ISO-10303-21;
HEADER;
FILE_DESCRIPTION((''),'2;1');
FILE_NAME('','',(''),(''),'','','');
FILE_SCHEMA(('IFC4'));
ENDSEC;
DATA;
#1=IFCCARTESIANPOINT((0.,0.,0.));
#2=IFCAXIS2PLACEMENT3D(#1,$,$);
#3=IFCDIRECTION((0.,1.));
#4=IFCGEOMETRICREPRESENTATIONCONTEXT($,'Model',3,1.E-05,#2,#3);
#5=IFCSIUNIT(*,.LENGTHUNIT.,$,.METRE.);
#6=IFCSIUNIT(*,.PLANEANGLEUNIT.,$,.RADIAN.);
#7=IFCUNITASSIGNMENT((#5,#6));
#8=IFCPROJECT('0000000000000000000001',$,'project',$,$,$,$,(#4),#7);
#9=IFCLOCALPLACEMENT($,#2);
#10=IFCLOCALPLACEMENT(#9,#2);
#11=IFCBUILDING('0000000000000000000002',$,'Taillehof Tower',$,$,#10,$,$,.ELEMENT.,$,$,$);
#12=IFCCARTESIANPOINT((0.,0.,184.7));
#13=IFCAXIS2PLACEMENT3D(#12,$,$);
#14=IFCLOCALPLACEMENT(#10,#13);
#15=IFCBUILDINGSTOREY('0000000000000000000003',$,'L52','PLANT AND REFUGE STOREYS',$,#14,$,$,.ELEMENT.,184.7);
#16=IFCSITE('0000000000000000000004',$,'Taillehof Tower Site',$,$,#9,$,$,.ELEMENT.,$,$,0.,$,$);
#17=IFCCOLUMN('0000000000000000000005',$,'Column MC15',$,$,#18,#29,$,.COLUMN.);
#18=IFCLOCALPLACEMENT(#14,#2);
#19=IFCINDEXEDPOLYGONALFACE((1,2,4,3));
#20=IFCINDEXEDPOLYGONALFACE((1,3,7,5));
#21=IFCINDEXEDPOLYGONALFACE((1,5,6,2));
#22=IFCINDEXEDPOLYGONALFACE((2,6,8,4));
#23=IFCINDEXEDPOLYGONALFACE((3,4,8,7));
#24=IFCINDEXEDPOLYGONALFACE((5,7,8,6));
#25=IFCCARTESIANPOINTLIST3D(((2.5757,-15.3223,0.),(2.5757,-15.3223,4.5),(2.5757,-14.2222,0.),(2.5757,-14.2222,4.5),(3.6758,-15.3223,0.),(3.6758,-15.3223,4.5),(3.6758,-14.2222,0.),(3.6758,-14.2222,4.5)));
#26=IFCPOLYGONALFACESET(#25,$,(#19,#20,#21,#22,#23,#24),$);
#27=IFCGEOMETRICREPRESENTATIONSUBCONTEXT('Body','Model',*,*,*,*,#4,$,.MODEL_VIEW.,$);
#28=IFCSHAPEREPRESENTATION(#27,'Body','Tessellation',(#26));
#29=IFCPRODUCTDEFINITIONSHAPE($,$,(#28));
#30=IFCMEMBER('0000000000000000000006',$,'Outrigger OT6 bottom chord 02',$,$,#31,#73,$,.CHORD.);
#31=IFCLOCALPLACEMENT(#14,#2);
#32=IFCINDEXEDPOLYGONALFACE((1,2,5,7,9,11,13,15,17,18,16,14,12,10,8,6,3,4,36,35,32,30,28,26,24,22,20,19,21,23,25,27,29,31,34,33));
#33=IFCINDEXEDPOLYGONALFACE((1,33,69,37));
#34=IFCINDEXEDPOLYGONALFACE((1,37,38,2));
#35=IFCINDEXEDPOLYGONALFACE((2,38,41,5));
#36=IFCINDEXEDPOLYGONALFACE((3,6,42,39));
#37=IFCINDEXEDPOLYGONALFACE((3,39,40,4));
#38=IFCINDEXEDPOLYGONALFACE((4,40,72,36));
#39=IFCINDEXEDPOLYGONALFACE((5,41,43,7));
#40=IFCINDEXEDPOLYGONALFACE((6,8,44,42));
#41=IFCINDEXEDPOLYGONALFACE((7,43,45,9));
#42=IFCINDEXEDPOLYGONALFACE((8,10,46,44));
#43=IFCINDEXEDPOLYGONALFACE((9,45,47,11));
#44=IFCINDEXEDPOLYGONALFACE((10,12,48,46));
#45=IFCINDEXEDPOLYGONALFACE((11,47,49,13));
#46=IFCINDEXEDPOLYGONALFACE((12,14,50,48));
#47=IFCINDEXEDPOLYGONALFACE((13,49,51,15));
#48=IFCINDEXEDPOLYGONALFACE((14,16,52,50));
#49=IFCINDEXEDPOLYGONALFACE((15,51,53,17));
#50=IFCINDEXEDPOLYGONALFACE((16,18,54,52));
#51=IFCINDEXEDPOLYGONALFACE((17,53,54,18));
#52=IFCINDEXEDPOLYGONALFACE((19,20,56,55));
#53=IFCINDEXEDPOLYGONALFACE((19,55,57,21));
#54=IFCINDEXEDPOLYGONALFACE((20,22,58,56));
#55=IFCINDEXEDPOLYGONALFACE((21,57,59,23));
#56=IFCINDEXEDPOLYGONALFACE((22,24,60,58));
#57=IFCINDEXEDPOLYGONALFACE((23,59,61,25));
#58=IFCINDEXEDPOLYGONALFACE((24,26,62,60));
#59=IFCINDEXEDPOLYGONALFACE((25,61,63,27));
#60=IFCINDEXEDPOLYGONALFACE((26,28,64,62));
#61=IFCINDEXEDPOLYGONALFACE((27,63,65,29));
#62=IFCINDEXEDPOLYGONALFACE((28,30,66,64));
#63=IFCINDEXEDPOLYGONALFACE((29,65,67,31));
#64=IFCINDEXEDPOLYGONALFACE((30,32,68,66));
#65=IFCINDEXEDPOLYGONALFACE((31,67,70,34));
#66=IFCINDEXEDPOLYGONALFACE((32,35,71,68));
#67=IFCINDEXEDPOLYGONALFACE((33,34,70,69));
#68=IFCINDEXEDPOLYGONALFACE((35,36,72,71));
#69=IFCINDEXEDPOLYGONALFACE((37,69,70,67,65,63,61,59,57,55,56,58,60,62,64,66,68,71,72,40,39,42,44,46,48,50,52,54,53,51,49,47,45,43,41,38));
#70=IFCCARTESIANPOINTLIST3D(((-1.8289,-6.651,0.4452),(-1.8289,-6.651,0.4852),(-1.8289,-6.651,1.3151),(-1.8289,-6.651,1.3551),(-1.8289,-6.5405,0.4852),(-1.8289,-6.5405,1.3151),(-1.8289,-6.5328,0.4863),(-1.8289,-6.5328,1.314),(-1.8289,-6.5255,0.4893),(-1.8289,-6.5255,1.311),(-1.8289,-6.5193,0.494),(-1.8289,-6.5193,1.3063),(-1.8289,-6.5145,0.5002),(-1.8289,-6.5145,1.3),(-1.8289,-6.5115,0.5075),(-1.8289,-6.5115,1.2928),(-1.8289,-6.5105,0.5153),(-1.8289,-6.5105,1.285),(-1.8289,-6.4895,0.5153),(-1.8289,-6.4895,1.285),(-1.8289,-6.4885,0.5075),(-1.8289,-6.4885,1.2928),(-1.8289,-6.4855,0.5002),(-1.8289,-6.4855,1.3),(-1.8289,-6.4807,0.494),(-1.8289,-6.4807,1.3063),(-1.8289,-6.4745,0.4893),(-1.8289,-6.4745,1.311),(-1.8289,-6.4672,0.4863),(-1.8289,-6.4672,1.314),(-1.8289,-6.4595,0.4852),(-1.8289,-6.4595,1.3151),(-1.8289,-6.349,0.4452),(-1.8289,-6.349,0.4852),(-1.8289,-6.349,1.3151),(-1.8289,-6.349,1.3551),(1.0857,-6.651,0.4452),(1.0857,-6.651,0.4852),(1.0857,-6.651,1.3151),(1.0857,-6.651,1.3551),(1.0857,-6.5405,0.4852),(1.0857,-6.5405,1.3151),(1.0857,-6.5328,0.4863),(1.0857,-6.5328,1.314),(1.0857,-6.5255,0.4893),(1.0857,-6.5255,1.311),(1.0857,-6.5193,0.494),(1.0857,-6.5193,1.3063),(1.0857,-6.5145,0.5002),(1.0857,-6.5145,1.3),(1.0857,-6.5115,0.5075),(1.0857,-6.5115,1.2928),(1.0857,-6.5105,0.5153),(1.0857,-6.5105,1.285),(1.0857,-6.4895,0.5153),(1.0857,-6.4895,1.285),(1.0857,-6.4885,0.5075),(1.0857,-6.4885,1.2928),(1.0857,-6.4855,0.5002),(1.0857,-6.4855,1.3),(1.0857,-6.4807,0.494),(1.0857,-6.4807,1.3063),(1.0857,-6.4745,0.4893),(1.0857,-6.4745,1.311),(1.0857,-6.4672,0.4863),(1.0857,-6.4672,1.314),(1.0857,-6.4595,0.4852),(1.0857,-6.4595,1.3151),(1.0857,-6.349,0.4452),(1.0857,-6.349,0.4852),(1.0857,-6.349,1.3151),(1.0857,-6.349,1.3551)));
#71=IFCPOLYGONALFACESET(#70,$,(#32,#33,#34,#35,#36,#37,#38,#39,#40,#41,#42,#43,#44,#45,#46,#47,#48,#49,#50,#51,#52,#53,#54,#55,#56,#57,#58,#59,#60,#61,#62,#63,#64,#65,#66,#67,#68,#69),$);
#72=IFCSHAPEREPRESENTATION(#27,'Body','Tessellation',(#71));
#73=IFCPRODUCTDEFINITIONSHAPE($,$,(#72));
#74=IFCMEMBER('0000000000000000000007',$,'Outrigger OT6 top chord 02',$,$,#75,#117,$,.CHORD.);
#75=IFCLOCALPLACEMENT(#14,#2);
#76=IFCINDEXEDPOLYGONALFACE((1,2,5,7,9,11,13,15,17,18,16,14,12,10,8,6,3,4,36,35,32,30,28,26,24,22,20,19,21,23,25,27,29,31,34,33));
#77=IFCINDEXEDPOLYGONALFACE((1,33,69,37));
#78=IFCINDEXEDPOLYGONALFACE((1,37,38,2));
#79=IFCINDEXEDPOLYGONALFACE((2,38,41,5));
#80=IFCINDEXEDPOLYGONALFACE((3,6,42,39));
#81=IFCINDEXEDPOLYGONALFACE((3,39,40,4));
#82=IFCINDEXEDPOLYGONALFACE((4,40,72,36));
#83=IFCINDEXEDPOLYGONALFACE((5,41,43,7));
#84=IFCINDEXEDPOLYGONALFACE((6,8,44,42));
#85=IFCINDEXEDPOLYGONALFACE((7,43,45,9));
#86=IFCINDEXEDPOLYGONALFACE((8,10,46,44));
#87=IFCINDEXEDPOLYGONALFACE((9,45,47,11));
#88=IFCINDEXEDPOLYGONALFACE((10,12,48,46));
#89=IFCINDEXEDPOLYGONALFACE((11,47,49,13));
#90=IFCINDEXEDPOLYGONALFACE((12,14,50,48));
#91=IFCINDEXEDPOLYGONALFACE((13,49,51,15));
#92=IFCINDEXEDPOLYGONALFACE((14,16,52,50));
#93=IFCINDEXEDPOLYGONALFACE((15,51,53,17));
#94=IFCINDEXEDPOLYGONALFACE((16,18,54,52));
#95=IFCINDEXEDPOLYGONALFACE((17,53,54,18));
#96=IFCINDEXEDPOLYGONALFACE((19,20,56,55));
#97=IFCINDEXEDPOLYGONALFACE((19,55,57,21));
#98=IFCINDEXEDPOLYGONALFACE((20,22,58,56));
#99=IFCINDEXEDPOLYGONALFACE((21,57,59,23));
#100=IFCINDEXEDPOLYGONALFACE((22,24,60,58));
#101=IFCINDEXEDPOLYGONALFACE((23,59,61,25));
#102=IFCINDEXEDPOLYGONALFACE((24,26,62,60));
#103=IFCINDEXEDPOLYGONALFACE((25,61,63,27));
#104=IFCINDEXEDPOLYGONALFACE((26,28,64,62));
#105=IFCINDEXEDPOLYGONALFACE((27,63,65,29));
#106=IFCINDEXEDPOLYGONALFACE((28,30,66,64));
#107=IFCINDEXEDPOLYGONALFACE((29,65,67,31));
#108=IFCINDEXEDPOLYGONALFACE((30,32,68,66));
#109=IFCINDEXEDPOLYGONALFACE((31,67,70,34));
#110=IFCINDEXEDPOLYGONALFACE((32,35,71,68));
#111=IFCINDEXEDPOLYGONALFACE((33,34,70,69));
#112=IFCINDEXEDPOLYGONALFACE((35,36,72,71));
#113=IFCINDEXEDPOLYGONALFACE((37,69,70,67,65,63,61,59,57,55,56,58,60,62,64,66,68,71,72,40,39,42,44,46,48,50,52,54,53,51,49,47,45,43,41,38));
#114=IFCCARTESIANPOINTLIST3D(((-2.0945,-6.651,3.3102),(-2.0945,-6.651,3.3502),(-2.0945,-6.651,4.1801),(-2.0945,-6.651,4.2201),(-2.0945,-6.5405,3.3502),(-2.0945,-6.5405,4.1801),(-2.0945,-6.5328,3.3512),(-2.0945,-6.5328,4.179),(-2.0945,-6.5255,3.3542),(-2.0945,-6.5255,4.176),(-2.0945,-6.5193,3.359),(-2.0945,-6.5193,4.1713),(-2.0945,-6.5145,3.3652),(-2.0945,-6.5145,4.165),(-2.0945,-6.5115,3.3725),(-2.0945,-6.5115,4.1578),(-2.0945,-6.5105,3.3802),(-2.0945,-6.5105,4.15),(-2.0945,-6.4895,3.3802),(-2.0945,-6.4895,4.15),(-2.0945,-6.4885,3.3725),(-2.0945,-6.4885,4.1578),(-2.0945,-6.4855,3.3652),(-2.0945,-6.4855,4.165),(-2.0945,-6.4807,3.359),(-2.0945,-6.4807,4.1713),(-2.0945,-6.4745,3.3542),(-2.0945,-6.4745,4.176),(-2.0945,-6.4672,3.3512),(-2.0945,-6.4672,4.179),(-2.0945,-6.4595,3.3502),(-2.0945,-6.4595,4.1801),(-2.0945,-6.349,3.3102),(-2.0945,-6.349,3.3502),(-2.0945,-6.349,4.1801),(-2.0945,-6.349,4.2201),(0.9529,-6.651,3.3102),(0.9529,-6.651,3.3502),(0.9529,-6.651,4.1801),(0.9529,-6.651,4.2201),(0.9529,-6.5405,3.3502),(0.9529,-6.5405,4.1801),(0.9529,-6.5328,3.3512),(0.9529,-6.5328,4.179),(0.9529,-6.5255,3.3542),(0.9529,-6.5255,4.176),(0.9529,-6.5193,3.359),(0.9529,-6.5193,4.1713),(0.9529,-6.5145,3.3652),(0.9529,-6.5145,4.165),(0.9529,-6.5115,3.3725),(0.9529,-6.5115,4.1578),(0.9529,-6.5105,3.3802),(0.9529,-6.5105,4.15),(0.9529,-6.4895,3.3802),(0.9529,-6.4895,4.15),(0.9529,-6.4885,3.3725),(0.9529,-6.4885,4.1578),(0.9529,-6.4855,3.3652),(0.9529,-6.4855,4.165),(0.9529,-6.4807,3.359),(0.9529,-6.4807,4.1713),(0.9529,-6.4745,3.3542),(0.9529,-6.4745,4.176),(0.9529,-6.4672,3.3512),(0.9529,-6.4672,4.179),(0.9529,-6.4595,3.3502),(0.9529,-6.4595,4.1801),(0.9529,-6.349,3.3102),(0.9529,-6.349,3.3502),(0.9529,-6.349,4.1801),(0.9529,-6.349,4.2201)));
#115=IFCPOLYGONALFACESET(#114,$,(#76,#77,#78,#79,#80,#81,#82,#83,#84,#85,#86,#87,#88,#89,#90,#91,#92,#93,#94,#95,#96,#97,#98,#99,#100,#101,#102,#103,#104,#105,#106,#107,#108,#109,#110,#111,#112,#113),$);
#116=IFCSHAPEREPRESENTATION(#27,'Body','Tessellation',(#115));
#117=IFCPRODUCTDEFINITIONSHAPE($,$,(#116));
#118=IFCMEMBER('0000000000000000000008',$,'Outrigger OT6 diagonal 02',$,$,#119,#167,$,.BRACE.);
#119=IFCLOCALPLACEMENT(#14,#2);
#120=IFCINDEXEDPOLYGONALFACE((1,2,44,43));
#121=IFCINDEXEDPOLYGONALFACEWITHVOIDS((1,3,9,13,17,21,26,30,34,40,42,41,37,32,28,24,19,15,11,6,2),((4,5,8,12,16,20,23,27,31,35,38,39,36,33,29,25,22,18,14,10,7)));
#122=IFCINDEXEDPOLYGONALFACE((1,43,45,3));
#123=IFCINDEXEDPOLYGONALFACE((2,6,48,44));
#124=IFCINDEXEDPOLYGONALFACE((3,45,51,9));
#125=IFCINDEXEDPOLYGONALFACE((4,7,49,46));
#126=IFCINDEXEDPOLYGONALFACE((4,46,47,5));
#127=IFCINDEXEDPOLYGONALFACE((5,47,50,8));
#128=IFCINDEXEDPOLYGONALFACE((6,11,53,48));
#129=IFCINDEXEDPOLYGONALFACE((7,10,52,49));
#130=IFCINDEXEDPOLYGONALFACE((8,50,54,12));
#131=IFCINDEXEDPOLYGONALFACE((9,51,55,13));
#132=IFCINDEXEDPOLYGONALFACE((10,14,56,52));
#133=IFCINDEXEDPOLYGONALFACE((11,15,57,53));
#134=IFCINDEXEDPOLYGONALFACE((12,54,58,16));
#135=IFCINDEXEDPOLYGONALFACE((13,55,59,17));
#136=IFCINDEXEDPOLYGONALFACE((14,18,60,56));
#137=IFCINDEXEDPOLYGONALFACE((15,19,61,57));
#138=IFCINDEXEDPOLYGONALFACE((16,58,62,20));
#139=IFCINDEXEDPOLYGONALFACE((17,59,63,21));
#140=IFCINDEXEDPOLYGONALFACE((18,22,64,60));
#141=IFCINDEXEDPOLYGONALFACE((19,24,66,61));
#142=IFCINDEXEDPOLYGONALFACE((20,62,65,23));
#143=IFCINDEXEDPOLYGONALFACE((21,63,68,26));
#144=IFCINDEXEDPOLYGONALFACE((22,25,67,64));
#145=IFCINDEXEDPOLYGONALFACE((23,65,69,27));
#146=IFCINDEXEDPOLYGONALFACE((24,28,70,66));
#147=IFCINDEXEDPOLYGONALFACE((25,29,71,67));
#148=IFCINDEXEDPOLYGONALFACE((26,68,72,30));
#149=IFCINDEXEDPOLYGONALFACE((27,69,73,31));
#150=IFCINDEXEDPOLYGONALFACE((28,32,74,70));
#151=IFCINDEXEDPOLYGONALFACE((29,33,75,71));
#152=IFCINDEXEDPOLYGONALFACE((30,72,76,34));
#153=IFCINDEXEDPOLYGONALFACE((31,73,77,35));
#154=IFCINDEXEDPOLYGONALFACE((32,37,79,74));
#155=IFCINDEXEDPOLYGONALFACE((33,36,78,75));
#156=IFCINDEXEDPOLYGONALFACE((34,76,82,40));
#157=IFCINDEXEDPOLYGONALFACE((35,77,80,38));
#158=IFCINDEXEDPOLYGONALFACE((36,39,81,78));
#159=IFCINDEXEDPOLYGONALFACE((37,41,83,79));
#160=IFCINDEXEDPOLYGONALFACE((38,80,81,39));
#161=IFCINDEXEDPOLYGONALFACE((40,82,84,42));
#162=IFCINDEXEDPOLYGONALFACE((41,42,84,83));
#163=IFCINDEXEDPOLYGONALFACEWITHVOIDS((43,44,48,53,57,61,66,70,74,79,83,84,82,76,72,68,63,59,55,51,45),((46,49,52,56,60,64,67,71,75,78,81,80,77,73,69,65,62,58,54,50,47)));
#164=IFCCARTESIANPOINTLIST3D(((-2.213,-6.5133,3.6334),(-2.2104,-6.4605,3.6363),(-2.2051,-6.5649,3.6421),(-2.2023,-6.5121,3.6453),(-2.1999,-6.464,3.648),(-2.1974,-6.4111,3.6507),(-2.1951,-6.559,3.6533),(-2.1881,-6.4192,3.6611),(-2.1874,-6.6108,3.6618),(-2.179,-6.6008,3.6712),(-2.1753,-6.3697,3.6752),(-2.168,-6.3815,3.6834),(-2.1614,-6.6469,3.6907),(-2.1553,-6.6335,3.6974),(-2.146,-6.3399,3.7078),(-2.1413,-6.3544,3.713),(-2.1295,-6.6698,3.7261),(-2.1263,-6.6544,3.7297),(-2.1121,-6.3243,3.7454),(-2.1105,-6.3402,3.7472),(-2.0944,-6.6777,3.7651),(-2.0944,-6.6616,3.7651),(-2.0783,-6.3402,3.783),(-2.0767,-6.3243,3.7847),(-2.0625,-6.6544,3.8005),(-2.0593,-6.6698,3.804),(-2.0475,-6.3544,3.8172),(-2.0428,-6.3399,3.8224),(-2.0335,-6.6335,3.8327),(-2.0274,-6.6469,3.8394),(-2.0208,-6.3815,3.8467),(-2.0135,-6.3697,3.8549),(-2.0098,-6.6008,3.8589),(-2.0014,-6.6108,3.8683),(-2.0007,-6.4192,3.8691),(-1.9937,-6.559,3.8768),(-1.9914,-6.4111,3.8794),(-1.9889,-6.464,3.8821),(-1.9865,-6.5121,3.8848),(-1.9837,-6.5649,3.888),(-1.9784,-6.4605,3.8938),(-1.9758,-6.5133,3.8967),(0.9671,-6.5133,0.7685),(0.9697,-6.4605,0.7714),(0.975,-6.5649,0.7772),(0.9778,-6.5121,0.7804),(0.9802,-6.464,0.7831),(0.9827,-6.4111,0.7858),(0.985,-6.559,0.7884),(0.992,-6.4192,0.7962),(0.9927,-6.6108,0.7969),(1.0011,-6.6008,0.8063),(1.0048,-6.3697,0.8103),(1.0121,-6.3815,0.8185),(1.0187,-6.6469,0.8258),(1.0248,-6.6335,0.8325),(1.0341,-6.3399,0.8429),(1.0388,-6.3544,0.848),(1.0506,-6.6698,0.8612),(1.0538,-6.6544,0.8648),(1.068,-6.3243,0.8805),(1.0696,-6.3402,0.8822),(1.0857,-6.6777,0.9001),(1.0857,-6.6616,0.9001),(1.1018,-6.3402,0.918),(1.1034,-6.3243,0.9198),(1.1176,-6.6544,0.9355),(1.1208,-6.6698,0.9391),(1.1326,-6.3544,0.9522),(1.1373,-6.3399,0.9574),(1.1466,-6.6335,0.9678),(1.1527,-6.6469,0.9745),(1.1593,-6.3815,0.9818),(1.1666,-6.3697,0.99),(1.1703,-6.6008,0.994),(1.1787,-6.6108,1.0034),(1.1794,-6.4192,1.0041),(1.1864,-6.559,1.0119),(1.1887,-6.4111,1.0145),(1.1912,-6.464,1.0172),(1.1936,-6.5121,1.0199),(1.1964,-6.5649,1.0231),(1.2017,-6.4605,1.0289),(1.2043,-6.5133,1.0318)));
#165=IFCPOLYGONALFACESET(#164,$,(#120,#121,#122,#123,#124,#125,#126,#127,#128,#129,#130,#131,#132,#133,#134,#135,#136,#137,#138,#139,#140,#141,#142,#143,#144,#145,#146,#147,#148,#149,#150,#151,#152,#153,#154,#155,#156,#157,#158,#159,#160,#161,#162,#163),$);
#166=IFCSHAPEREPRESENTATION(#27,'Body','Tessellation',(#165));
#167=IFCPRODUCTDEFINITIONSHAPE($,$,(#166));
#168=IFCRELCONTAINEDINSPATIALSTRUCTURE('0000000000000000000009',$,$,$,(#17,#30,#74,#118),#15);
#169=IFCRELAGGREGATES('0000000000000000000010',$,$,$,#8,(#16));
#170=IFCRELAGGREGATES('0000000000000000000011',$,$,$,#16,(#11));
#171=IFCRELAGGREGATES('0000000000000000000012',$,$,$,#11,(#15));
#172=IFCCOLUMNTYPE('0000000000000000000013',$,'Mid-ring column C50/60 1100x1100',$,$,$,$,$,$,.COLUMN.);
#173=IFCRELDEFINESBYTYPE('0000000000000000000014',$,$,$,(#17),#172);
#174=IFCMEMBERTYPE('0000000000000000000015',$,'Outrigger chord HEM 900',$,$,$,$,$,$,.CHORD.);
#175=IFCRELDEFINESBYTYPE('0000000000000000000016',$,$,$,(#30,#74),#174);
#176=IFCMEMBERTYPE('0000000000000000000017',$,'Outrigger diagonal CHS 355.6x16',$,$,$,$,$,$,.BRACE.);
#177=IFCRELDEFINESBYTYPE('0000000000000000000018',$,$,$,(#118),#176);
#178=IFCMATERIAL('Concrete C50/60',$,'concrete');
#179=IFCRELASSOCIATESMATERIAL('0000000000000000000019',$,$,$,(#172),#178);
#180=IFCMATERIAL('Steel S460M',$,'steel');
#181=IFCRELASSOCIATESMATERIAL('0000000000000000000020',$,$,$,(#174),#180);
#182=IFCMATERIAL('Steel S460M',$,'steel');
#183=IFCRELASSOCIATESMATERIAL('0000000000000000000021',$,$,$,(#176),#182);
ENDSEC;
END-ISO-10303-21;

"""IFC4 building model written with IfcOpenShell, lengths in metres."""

from ifc_helpers import new_model, si_unit, direction, frame, origin, origin_2d, place, context, subcontext, project, spatial, rectangle, hollow_circle, i_section, extrude, material, material_profile, profile_set, type_object, element, save


model = new_model("IFC4")

# Units and contexts
model_context = context("Model", 3, precision=1e-05, world=origin(), true_north=direction((0.0, 1.0)))
body_context = subcontext(model_context, "Body", "Model", "MODEL_VIEW")
ifc_project = project(units=[si_unit("LENGTHUNIT", "METRE"), si_unit("PLANEANGLEUNIT", "RADIAN")], contexts=[model_context])

# Site, building, storey
site_placement = place(None, origin())
site = spatial("IfcSite", under=ifc_project, at=site_placement, Name="Taillehof Tower Site", CompositionType="ELEMENT", RefElevation=0.0)
building_placement = place(site_placement, origin())
building = spatial("IfcBuilding", under=site, at=building_placement, Name="Taillehof Tower", CompositionType="ELEMENT")
storey_placement = place(building_placement, frame((0.0, 0.0, 184.7)))
storey = spatial("IfcBuildingStorey", under=building, at=storey_placement, Name="L52", Description="PLANT AND REFUGE STOREYS", CompositionType="ELEMENT", Elevation=184.7)

# Column
ifc_material_1 = material(Name="Concrete C50/60", Category="concrete")
ifc_material_profile_1 = material_profile(ifc_material_1, rectangle(XDim=1.1001, YDim=1.1001, at=origin_2d()), Name="RC 1100x1100")
ifc_profile_set_1 = profile_set([ifc_material_profile_1], Name="Concrete C50/60")
column_type = type_object("IfcColumnType", Name="Mid-ring column C50/60 1100x1100", PredefinedType="COLUMN", material=ifc_profile_set_1)
column_placement = place(storey_placement, frame((3.1257, -14.7722, 0.0), z_axis=(0.0, 0.0, 1.0), x_axis=(1.0, 0.0, 0.0)))
element("IfcColumn", 1, at=column_placement, inside=storey, type_object=column_type, Name="Column MC15", PredefinedType="COLUMN", context=body_context, shape_type="SweptSolid", body=[
    extrude(rectangle(XDim=1.1001, YDim=1.1001, at=origin_2d()), origin(), (0.0, 0.0, 1.0), 4.5),
])

# Members
ifc_material_2 = material(Name="Steel S460M", Category="steel")
ifc_material_profile_2 = material_profile(ifc_material_2, i_section(OverallWidth=0.302, OverallDepth=0.9099, WebThickness=0.021, FlangeThickness=0.04, FilletRadius=0.03, at=origin_2d()), Name="HEM 900")
ifc_profile_set_2 = profile_set([ifc_material_profile_2], Name="Steel S460M")
member_type_1 = type_object("IfcMemberType", Name="Outrigger chord HEM 900", PredefinedType="CHORD", material=ifc_profile_set_2)
member_1_placement = place(storey_placement, frame((1.0857, -6.5, 0.9001), z_axis=(-1.0, 0.0, 0.0), x_axis=(0.0, -1.0, 0.0)))
element("IfcMember", 2, at=member_1_placement, inside=storey, type_object=member_type_1, Name="Outrigger OT6 bottom chord 02", PredefinedType="CHORD", context=body_context, shape_type="SweptSolid", body=[
    extrude(i_section(OverallWidth=0.302, OverallDepth=0.9099, WebThickness=0.021, FlangeThickness=0.04, FilletRadius=0.03, at=origin_2d()), origin(), (0.0, 0.0, 1.0), 2.9146),
])
member_2_placement = place(storey_placement, frame((0.9529, -6.5, 3.7651), z_axis=(-1.0, 0.0, 0.0), x_axis=(0.0, -1.0, 0.0)))
element("IfcMember", 3, at=member_2_placement, inside=storey, type_object=member_type_1, Name="Outrigger OT6 top chord 02", PredefinedType="CHORD", context=body_context, shape_type="SweptSolid", body=[
    extrude(i_section(OverallWidth=0.302, OverallDepth=0.9099, WebThickness=0.021, FlangeThickness=0.04, FilletRadius=0.03, at=origin_2d()), origin(), (0.0, 0.0, 1.0), 3.0474),
])
ifc_material_3 = material(Name="Steel S460M", Category="steel")
ifc_material_profile_3 = material_profile(ifc_material_3, hollow_circle(Radius=0.1777, WallThickness=0.0161, at=origin_2d()), Name="CHS 355.6x16")
ifc_profile_set_3 = profile_set([ifc_material_profile_3], Name="Steel S460M")
member_type_2 = type_object("IfcMemberType", Name="Outrigger diagonal CHS 355.6x16", PredefinedType="BRACE", material=ifc_profile_set_3)
member_3_placement = place(storey_placement, frame((1.0857, -6.5, 0.9001), z_axis=(-0.742965, 0.0, 0.66933), x_axis=(0.0, -1.0, 0.0)))
element("IfcMember", 4, at=member_3_placement, inside=storey, type_object=member_type_2, Name="Outrigger OT6 diagonal 02", PredefinedType="BRACE", context=body_context, shape_type="SweptSolid", body=[
    extrude(hollow_circle(Radius=0.1777, WallThickness=0.0161, at=origin_2d()), origin(), (0.0, 0.0, 1.0), 4.2803),
])

save(model, "model.ifc")
